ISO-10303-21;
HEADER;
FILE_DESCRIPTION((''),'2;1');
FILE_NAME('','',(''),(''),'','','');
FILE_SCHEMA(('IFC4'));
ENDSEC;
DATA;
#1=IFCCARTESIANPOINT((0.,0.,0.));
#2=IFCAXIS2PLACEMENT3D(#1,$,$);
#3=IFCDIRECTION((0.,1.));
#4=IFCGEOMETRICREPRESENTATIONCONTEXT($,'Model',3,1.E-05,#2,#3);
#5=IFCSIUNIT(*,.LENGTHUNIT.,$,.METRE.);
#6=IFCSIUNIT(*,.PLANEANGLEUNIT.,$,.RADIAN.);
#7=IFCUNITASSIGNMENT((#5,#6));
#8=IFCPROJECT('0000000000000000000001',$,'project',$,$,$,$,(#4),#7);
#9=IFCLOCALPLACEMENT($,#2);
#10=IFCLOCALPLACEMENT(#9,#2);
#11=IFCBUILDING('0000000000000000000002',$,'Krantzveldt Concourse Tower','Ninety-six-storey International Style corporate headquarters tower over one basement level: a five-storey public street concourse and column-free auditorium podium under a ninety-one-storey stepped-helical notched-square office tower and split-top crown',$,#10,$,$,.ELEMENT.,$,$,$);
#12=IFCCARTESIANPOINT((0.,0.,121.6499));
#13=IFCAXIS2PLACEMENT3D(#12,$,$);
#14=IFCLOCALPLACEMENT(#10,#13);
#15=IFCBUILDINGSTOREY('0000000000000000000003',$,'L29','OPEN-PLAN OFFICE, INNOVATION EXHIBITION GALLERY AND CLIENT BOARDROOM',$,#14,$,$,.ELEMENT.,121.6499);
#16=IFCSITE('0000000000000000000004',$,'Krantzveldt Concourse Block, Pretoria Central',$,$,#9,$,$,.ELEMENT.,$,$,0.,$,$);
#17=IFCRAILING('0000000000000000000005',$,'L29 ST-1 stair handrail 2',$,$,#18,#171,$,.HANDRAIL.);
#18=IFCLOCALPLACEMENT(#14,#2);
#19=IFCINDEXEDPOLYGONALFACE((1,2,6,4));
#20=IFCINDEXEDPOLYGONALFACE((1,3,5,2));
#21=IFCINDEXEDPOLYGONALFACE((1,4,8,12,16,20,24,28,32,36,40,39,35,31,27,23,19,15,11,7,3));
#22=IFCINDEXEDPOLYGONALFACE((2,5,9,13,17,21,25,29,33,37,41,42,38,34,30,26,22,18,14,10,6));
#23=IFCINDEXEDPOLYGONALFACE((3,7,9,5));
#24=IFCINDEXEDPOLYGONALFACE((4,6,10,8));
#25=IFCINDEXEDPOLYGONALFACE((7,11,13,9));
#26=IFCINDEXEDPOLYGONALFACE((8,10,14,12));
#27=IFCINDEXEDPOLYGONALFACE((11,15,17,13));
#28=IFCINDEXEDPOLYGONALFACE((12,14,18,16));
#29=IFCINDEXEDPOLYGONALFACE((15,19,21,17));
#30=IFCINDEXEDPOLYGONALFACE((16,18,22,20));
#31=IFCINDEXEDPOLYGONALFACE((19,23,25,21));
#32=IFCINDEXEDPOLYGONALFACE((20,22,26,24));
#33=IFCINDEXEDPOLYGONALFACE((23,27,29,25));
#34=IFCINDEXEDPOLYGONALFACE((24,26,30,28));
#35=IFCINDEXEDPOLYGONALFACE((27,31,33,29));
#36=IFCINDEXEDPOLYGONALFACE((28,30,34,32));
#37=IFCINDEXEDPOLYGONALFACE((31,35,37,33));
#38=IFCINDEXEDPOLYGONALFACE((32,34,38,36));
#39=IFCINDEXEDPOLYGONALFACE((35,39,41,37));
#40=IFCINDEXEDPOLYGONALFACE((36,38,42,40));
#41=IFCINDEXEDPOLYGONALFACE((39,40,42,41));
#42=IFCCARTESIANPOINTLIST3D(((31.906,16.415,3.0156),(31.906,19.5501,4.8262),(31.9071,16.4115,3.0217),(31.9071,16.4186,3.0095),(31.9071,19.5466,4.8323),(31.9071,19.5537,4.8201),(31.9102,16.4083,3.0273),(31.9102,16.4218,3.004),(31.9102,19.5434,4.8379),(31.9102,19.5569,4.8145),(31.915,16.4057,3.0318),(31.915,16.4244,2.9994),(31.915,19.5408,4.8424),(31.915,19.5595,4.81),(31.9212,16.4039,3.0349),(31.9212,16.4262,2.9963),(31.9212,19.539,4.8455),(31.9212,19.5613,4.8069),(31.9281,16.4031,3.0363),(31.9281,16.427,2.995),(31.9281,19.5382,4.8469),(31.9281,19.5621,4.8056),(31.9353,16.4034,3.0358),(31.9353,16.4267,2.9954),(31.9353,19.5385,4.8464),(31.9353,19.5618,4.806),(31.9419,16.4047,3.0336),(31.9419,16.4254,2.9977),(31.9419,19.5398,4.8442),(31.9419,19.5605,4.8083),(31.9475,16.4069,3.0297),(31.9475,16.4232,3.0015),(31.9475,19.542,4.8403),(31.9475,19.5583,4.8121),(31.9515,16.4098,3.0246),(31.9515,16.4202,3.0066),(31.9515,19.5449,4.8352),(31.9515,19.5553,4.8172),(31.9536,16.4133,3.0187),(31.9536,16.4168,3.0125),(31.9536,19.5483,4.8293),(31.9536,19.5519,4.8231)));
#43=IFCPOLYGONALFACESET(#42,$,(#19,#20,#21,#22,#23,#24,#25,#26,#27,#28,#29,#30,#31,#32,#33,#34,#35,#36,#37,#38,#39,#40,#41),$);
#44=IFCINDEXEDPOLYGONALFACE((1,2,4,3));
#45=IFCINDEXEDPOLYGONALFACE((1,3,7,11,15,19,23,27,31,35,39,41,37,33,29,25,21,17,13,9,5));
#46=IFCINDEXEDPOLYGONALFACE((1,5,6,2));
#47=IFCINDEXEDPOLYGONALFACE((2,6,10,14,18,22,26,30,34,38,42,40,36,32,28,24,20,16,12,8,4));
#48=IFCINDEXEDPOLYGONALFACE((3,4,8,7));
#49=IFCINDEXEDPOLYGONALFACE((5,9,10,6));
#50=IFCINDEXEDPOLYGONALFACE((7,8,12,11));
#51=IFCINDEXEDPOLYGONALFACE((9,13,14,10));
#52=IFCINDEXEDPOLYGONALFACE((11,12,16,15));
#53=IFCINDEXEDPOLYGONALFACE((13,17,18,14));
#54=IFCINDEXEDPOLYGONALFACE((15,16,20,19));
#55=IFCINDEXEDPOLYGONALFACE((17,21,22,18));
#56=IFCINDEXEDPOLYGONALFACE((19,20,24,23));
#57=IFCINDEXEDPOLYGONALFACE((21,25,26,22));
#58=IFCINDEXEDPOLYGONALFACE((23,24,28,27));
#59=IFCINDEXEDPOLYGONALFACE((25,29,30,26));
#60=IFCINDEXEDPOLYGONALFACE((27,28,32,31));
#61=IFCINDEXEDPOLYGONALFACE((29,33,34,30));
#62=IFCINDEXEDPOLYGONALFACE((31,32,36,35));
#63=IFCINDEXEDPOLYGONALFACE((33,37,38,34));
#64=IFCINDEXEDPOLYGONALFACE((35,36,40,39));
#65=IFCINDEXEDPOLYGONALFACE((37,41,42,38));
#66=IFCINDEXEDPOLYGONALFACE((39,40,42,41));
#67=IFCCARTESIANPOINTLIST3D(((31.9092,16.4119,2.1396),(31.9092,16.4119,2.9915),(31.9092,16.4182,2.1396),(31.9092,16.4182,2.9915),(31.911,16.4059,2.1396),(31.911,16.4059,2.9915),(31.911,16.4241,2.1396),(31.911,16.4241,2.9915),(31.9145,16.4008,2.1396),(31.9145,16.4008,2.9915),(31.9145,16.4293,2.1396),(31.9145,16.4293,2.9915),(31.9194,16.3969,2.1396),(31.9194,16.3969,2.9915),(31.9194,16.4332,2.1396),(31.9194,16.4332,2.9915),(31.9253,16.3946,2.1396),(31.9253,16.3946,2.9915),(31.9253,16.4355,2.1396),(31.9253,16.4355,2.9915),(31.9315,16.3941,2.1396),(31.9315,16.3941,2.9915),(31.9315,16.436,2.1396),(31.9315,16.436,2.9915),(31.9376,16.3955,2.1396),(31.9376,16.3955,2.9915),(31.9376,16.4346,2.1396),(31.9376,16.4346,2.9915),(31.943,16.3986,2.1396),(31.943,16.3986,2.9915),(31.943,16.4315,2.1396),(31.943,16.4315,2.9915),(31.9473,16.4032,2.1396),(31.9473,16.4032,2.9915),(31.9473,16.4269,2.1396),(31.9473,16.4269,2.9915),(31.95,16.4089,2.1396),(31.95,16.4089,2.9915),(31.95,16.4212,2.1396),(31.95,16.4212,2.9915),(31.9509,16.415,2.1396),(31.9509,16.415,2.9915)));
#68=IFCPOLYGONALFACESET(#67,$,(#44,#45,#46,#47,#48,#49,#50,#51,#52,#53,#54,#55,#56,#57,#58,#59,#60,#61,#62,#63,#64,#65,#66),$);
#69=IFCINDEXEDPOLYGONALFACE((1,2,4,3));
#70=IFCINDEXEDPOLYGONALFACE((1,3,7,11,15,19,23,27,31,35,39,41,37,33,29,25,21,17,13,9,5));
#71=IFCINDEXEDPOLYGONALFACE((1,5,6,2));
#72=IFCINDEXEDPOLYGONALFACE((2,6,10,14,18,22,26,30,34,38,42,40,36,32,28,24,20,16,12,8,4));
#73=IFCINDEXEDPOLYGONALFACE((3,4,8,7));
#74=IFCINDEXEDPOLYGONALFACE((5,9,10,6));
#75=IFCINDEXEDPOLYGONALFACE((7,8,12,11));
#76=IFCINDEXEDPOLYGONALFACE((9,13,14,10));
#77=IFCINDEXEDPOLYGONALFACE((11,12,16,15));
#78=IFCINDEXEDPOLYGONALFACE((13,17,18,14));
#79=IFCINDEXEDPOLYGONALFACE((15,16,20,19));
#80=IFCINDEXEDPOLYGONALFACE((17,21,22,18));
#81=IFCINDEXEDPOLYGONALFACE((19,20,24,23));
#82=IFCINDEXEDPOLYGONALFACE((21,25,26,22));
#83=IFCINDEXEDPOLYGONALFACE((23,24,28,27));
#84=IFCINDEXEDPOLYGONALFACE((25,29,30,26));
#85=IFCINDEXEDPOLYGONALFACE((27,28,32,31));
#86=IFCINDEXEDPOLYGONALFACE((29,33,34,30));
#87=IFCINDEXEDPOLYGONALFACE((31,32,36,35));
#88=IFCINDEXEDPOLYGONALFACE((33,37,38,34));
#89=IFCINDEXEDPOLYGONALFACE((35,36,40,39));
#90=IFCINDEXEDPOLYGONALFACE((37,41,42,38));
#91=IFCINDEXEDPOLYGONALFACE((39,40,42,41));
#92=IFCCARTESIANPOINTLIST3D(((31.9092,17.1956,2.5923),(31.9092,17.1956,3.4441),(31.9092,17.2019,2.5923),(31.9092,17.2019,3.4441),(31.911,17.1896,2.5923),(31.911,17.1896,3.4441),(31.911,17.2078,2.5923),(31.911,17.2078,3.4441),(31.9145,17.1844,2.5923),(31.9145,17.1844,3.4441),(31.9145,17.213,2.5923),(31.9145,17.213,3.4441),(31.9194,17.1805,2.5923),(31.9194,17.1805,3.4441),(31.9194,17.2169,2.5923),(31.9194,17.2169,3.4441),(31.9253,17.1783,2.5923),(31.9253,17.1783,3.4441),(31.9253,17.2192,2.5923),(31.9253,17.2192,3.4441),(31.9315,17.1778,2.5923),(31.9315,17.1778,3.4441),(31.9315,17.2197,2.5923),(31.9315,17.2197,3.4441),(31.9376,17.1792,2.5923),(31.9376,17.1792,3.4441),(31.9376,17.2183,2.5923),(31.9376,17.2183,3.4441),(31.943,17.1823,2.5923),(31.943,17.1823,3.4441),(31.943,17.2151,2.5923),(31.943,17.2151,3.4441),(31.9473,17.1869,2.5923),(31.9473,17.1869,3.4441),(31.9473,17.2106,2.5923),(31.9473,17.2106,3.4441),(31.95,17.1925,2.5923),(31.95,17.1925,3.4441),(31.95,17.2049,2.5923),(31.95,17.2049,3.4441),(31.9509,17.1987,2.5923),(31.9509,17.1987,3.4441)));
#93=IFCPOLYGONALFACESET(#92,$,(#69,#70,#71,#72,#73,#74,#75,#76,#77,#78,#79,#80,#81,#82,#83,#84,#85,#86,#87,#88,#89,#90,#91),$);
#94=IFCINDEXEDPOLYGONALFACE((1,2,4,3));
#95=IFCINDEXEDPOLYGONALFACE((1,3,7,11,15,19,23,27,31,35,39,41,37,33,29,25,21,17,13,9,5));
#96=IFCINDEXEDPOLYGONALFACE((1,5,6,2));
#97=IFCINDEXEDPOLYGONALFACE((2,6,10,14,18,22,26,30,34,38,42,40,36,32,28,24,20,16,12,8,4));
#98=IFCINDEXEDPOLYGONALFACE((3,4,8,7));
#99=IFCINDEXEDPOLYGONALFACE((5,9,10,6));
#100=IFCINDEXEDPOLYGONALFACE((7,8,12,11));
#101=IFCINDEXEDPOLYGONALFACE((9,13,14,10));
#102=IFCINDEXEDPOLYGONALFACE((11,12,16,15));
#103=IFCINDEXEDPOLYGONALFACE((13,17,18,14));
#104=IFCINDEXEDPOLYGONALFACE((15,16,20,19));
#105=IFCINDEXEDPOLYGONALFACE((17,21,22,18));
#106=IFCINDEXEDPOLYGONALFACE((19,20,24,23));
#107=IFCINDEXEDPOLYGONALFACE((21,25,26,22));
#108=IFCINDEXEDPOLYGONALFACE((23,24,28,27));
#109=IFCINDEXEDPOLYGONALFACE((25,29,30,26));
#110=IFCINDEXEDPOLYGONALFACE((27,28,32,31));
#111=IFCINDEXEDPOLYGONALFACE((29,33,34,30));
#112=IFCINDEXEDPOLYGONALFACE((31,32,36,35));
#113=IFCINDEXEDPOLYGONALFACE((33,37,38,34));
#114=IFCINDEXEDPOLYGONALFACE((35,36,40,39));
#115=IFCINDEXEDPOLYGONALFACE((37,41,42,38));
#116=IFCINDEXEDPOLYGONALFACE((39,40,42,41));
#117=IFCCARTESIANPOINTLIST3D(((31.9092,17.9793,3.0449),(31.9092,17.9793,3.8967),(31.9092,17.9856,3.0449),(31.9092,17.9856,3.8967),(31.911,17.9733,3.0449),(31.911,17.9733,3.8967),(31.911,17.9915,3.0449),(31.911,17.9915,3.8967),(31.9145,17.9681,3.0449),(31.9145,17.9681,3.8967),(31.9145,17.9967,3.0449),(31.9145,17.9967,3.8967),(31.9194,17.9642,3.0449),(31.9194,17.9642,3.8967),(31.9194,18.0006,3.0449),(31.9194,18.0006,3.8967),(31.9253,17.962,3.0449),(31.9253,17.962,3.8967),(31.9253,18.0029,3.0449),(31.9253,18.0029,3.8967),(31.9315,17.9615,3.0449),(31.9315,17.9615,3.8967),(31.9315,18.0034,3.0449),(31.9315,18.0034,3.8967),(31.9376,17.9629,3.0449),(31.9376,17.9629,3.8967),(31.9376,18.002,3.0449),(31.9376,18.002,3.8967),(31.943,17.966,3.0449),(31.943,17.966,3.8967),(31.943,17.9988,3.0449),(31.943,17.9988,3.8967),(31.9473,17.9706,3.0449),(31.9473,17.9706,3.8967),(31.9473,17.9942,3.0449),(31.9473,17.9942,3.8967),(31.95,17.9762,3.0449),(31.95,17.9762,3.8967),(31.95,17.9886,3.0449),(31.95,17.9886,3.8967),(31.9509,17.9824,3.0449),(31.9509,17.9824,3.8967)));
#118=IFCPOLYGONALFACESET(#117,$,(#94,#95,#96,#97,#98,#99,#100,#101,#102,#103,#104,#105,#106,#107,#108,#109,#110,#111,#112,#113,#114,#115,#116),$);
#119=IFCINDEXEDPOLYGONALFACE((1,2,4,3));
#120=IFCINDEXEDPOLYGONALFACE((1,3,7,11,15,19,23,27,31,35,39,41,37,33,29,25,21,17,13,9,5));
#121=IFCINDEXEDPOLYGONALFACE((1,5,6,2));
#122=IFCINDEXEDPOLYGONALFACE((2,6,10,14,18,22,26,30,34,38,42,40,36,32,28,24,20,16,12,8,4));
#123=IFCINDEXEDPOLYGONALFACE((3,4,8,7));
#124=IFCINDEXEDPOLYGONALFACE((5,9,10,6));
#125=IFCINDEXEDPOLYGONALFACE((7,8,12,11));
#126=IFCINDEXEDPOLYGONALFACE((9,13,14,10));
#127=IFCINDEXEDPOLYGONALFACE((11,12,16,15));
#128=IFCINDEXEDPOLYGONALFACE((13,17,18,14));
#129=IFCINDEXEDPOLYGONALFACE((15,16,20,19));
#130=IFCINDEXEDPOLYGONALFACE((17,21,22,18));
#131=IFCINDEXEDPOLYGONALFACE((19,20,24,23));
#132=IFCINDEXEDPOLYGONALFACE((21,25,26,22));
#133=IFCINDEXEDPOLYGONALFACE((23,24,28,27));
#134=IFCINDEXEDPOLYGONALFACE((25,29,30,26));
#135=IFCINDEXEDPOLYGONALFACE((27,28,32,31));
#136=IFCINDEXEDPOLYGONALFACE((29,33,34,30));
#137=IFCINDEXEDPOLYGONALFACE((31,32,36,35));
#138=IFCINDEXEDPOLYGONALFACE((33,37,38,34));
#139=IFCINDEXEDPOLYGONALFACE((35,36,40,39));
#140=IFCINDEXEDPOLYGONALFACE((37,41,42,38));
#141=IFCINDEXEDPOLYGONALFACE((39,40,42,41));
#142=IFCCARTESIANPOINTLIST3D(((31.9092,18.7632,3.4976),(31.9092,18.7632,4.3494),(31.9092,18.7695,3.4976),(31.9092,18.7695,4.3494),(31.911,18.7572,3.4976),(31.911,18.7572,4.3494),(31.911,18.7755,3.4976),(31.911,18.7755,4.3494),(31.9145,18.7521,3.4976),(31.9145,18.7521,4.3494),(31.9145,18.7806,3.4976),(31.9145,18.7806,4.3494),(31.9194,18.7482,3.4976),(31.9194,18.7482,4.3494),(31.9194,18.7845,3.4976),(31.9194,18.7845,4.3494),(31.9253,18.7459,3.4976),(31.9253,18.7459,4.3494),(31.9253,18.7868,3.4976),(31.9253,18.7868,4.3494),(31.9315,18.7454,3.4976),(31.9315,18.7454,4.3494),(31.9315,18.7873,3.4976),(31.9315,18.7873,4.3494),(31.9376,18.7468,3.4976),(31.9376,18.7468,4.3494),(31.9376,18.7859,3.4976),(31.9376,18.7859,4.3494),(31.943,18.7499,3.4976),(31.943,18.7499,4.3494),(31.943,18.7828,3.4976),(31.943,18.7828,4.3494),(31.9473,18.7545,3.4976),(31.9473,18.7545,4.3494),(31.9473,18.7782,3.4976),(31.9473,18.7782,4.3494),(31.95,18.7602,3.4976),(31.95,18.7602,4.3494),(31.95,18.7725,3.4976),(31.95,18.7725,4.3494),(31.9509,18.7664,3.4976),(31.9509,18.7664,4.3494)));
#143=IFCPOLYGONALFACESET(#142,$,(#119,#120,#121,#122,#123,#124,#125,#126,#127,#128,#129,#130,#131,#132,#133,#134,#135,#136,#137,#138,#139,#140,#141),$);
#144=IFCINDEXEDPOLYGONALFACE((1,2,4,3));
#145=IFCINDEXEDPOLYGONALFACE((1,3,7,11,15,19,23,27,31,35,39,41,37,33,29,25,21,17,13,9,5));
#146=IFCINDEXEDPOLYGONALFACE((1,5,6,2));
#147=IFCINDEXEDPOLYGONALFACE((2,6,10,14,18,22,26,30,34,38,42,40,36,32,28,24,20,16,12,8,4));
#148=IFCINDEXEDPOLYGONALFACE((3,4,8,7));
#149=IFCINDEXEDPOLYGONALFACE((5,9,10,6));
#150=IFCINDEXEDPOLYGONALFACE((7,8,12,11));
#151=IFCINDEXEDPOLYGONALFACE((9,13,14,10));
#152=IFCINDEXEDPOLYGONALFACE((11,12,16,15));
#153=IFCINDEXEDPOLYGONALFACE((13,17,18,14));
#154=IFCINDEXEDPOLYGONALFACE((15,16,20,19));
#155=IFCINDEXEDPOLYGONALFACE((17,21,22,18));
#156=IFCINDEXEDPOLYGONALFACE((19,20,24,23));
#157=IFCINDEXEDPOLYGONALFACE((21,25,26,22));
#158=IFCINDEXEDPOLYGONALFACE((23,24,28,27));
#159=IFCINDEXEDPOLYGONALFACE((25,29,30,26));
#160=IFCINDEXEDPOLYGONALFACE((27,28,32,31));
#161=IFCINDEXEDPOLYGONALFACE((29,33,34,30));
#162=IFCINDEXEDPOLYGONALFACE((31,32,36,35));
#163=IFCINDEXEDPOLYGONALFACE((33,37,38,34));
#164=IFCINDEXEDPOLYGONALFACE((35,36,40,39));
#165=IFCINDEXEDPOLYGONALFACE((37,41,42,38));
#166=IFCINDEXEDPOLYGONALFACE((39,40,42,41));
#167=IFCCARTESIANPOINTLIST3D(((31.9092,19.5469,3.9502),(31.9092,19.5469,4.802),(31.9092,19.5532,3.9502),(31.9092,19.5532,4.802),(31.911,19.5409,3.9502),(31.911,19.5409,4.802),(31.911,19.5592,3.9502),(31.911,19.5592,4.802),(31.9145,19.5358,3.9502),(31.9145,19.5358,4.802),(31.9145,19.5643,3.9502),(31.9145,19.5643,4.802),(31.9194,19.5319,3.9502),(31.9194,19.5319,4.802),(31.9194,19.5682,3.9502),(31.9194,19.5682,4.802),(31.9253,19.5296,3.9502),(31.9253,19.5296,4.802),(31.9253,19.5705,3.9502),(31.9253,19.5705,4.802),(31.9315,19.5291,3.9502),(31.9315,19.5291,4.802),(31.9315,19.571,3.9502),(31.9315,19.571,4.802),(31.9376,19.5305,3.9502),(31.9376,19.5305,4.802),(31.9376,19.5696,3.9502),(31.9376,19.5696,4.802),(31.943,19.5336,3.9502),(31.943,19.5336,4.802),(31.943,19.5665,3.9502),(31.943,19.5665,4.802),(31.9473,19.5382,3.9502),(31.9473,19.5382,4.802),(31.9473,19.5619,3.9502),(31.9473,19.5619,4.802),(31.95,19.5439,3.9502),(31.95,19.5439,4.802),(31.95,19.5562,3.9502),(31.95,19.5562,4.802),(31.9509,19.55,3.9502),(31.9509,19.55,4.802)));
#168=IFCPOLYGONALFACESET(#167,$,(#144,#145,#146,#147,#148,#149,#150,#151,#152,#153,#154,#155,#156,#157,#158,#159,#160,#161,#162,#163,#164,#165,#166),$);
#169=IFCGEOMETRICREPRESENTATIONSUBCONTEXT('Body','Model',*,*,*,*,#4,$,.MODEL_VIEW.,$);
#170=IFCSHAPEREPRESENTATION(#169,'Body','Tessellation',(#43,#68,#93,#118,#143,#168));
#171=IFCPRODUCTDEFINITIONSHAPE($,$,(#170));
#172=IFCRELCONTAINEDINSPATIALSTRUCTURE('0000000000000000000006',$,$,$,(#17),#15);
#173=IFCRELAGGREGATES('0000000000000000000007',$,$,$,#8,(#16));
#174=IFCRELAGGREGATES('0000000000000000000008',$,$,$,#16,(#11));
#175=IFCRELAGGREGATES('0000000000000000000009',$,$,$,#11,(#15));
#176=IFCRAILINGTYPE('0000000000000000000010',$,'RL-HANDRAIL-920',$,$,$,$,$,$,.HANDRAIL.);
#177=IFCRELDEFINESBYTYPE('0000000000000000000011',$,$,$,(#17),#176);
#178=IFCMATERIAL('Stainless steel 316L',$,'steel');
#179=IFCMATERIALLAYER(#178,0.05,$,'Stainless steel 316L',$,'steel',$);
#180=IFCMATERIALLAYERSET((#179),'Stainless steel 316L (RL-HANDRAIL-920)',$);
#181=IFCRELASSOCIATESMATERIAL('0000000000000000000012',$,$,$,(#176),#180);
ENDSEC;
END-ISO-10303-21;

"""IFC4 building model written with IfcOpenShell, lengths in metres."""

from ifc_helpers import new_model, si_unit, direction, frame, origin, origin_2d, place, context, subcontext, project, spatial, circle, extrude, material, layer, layer_set, type_object, element, save


model = new_model("IFC4")

# Units and contexts
model_context = context("Model", 3, precision=1e-05, world=origin(), true_north=direction((0.0, 1.0)))
body_context = subcontext(model_context, "Body", "Model", "MODEL_VIEW")
ifc_project = project(units=[si_unit("LENGTHUNIT", "METRE"), si_unit("PLANEANGLEUNIT", "RADIAN")], contexts=[model_context])

# Site, building, storey
site_placement = place(None, origin())
site = spatial("IfcSite", under=ifc_project, at=site_placement, Name="Krantzveldt Concourse Block, Pretoria Central", CompositionType="ELEMENT", RefElevation=0.0)
building_placement = place(site_placement, origin())
building = spatial("IfcBuilding", under=site, at=building_placement, Name="Krantzveldt Concourse Tower", Description="Ninety-six-storey International Style corporate headquarters tower over one basement level: a five-storey public street concourse and column-free auditorium podium under a ninety-one-storey stepped-helical notched-square office tower and split-top crown", CompositionType="ELEMENT")
storey_placement = place(building_placement, frame((0.0, 0.0, 121.6499)))
storey = spatial("IfcBuildingStorey", under=building, at=storey_placement, Name="L29", Description="OPEN-PLAN OFFICE, INNOVATION EXHIBITION GALLERY AND CLIENT BOARDROOM", CompositionType="ELEMENT", Elevation=121.6499)

# Railing
ifc_material_1 = material(Name="Stainless steel 316L", Category="steel")
ifc_layer_1 = layer(ifc_material_1, 0.05, Name="Stainless steel 316L", Category="steel")
ifc_layer_set_1 = layer_set([ifc_layer_1], Name="Stainless steel 316L (RL-HANDRAIL-920)")
railing_type_1 = type_object("IfcRailingType", Name="RL-HANDRAIL-920", PredefinedType="HANDRAIL", material=ifc_layer_set_1)
railing_1_placement = place(storey_placement, frame((31.9299, 16.415, 2.1396)))
element("IfcRailing", 1, at=railing_1_placement, inside=storey, type_object=railing_type_1, Name="L29 ST-1 stair handrail 2", PredefinedType="HANDRAIL", context=body_context, shape_type="SweptSolid", body=[
    extrude(circle(Radius=0.0239, at=origin_2d()), frame((0.0, 0.0, 0.876), z_axis=(0.0, 0.86596, 0.500114), x_axis=(-1.0, 0.0, 0.0)), (0.0, 0.0, 1.0), 3.6204),
    extrude(circle(Radius=0.021, at=origin_2d()), origin(), (0.0, 0.0, 1.0), 0.8518),
    extrude(circle(Radius=0.021, at=origin_2d()), frame((0.0, 0.7837, 0.4526)), (0.0, 0.0, 1.0), 0.8518),
    extrude(circle(Radius=0.021, at=origin_2d()), frame((0.0, 1.5674, 0.9053)), (0.0, 0.0, 1.0), 0.8518),
    extrude(circle(Radius=0.021, at=origin_2d()), frame((0.0, 2.3513, 1.3579)), (0.0, 0.0, 1.0), 0.8518),
    extrude(circle(Radius=0.021, at=origin_2d()), frame((0.0, 3.135, 1.8105)), (0.0, 0.0, 1.0), 0.8518),
])

save(model, "model.ifc")
